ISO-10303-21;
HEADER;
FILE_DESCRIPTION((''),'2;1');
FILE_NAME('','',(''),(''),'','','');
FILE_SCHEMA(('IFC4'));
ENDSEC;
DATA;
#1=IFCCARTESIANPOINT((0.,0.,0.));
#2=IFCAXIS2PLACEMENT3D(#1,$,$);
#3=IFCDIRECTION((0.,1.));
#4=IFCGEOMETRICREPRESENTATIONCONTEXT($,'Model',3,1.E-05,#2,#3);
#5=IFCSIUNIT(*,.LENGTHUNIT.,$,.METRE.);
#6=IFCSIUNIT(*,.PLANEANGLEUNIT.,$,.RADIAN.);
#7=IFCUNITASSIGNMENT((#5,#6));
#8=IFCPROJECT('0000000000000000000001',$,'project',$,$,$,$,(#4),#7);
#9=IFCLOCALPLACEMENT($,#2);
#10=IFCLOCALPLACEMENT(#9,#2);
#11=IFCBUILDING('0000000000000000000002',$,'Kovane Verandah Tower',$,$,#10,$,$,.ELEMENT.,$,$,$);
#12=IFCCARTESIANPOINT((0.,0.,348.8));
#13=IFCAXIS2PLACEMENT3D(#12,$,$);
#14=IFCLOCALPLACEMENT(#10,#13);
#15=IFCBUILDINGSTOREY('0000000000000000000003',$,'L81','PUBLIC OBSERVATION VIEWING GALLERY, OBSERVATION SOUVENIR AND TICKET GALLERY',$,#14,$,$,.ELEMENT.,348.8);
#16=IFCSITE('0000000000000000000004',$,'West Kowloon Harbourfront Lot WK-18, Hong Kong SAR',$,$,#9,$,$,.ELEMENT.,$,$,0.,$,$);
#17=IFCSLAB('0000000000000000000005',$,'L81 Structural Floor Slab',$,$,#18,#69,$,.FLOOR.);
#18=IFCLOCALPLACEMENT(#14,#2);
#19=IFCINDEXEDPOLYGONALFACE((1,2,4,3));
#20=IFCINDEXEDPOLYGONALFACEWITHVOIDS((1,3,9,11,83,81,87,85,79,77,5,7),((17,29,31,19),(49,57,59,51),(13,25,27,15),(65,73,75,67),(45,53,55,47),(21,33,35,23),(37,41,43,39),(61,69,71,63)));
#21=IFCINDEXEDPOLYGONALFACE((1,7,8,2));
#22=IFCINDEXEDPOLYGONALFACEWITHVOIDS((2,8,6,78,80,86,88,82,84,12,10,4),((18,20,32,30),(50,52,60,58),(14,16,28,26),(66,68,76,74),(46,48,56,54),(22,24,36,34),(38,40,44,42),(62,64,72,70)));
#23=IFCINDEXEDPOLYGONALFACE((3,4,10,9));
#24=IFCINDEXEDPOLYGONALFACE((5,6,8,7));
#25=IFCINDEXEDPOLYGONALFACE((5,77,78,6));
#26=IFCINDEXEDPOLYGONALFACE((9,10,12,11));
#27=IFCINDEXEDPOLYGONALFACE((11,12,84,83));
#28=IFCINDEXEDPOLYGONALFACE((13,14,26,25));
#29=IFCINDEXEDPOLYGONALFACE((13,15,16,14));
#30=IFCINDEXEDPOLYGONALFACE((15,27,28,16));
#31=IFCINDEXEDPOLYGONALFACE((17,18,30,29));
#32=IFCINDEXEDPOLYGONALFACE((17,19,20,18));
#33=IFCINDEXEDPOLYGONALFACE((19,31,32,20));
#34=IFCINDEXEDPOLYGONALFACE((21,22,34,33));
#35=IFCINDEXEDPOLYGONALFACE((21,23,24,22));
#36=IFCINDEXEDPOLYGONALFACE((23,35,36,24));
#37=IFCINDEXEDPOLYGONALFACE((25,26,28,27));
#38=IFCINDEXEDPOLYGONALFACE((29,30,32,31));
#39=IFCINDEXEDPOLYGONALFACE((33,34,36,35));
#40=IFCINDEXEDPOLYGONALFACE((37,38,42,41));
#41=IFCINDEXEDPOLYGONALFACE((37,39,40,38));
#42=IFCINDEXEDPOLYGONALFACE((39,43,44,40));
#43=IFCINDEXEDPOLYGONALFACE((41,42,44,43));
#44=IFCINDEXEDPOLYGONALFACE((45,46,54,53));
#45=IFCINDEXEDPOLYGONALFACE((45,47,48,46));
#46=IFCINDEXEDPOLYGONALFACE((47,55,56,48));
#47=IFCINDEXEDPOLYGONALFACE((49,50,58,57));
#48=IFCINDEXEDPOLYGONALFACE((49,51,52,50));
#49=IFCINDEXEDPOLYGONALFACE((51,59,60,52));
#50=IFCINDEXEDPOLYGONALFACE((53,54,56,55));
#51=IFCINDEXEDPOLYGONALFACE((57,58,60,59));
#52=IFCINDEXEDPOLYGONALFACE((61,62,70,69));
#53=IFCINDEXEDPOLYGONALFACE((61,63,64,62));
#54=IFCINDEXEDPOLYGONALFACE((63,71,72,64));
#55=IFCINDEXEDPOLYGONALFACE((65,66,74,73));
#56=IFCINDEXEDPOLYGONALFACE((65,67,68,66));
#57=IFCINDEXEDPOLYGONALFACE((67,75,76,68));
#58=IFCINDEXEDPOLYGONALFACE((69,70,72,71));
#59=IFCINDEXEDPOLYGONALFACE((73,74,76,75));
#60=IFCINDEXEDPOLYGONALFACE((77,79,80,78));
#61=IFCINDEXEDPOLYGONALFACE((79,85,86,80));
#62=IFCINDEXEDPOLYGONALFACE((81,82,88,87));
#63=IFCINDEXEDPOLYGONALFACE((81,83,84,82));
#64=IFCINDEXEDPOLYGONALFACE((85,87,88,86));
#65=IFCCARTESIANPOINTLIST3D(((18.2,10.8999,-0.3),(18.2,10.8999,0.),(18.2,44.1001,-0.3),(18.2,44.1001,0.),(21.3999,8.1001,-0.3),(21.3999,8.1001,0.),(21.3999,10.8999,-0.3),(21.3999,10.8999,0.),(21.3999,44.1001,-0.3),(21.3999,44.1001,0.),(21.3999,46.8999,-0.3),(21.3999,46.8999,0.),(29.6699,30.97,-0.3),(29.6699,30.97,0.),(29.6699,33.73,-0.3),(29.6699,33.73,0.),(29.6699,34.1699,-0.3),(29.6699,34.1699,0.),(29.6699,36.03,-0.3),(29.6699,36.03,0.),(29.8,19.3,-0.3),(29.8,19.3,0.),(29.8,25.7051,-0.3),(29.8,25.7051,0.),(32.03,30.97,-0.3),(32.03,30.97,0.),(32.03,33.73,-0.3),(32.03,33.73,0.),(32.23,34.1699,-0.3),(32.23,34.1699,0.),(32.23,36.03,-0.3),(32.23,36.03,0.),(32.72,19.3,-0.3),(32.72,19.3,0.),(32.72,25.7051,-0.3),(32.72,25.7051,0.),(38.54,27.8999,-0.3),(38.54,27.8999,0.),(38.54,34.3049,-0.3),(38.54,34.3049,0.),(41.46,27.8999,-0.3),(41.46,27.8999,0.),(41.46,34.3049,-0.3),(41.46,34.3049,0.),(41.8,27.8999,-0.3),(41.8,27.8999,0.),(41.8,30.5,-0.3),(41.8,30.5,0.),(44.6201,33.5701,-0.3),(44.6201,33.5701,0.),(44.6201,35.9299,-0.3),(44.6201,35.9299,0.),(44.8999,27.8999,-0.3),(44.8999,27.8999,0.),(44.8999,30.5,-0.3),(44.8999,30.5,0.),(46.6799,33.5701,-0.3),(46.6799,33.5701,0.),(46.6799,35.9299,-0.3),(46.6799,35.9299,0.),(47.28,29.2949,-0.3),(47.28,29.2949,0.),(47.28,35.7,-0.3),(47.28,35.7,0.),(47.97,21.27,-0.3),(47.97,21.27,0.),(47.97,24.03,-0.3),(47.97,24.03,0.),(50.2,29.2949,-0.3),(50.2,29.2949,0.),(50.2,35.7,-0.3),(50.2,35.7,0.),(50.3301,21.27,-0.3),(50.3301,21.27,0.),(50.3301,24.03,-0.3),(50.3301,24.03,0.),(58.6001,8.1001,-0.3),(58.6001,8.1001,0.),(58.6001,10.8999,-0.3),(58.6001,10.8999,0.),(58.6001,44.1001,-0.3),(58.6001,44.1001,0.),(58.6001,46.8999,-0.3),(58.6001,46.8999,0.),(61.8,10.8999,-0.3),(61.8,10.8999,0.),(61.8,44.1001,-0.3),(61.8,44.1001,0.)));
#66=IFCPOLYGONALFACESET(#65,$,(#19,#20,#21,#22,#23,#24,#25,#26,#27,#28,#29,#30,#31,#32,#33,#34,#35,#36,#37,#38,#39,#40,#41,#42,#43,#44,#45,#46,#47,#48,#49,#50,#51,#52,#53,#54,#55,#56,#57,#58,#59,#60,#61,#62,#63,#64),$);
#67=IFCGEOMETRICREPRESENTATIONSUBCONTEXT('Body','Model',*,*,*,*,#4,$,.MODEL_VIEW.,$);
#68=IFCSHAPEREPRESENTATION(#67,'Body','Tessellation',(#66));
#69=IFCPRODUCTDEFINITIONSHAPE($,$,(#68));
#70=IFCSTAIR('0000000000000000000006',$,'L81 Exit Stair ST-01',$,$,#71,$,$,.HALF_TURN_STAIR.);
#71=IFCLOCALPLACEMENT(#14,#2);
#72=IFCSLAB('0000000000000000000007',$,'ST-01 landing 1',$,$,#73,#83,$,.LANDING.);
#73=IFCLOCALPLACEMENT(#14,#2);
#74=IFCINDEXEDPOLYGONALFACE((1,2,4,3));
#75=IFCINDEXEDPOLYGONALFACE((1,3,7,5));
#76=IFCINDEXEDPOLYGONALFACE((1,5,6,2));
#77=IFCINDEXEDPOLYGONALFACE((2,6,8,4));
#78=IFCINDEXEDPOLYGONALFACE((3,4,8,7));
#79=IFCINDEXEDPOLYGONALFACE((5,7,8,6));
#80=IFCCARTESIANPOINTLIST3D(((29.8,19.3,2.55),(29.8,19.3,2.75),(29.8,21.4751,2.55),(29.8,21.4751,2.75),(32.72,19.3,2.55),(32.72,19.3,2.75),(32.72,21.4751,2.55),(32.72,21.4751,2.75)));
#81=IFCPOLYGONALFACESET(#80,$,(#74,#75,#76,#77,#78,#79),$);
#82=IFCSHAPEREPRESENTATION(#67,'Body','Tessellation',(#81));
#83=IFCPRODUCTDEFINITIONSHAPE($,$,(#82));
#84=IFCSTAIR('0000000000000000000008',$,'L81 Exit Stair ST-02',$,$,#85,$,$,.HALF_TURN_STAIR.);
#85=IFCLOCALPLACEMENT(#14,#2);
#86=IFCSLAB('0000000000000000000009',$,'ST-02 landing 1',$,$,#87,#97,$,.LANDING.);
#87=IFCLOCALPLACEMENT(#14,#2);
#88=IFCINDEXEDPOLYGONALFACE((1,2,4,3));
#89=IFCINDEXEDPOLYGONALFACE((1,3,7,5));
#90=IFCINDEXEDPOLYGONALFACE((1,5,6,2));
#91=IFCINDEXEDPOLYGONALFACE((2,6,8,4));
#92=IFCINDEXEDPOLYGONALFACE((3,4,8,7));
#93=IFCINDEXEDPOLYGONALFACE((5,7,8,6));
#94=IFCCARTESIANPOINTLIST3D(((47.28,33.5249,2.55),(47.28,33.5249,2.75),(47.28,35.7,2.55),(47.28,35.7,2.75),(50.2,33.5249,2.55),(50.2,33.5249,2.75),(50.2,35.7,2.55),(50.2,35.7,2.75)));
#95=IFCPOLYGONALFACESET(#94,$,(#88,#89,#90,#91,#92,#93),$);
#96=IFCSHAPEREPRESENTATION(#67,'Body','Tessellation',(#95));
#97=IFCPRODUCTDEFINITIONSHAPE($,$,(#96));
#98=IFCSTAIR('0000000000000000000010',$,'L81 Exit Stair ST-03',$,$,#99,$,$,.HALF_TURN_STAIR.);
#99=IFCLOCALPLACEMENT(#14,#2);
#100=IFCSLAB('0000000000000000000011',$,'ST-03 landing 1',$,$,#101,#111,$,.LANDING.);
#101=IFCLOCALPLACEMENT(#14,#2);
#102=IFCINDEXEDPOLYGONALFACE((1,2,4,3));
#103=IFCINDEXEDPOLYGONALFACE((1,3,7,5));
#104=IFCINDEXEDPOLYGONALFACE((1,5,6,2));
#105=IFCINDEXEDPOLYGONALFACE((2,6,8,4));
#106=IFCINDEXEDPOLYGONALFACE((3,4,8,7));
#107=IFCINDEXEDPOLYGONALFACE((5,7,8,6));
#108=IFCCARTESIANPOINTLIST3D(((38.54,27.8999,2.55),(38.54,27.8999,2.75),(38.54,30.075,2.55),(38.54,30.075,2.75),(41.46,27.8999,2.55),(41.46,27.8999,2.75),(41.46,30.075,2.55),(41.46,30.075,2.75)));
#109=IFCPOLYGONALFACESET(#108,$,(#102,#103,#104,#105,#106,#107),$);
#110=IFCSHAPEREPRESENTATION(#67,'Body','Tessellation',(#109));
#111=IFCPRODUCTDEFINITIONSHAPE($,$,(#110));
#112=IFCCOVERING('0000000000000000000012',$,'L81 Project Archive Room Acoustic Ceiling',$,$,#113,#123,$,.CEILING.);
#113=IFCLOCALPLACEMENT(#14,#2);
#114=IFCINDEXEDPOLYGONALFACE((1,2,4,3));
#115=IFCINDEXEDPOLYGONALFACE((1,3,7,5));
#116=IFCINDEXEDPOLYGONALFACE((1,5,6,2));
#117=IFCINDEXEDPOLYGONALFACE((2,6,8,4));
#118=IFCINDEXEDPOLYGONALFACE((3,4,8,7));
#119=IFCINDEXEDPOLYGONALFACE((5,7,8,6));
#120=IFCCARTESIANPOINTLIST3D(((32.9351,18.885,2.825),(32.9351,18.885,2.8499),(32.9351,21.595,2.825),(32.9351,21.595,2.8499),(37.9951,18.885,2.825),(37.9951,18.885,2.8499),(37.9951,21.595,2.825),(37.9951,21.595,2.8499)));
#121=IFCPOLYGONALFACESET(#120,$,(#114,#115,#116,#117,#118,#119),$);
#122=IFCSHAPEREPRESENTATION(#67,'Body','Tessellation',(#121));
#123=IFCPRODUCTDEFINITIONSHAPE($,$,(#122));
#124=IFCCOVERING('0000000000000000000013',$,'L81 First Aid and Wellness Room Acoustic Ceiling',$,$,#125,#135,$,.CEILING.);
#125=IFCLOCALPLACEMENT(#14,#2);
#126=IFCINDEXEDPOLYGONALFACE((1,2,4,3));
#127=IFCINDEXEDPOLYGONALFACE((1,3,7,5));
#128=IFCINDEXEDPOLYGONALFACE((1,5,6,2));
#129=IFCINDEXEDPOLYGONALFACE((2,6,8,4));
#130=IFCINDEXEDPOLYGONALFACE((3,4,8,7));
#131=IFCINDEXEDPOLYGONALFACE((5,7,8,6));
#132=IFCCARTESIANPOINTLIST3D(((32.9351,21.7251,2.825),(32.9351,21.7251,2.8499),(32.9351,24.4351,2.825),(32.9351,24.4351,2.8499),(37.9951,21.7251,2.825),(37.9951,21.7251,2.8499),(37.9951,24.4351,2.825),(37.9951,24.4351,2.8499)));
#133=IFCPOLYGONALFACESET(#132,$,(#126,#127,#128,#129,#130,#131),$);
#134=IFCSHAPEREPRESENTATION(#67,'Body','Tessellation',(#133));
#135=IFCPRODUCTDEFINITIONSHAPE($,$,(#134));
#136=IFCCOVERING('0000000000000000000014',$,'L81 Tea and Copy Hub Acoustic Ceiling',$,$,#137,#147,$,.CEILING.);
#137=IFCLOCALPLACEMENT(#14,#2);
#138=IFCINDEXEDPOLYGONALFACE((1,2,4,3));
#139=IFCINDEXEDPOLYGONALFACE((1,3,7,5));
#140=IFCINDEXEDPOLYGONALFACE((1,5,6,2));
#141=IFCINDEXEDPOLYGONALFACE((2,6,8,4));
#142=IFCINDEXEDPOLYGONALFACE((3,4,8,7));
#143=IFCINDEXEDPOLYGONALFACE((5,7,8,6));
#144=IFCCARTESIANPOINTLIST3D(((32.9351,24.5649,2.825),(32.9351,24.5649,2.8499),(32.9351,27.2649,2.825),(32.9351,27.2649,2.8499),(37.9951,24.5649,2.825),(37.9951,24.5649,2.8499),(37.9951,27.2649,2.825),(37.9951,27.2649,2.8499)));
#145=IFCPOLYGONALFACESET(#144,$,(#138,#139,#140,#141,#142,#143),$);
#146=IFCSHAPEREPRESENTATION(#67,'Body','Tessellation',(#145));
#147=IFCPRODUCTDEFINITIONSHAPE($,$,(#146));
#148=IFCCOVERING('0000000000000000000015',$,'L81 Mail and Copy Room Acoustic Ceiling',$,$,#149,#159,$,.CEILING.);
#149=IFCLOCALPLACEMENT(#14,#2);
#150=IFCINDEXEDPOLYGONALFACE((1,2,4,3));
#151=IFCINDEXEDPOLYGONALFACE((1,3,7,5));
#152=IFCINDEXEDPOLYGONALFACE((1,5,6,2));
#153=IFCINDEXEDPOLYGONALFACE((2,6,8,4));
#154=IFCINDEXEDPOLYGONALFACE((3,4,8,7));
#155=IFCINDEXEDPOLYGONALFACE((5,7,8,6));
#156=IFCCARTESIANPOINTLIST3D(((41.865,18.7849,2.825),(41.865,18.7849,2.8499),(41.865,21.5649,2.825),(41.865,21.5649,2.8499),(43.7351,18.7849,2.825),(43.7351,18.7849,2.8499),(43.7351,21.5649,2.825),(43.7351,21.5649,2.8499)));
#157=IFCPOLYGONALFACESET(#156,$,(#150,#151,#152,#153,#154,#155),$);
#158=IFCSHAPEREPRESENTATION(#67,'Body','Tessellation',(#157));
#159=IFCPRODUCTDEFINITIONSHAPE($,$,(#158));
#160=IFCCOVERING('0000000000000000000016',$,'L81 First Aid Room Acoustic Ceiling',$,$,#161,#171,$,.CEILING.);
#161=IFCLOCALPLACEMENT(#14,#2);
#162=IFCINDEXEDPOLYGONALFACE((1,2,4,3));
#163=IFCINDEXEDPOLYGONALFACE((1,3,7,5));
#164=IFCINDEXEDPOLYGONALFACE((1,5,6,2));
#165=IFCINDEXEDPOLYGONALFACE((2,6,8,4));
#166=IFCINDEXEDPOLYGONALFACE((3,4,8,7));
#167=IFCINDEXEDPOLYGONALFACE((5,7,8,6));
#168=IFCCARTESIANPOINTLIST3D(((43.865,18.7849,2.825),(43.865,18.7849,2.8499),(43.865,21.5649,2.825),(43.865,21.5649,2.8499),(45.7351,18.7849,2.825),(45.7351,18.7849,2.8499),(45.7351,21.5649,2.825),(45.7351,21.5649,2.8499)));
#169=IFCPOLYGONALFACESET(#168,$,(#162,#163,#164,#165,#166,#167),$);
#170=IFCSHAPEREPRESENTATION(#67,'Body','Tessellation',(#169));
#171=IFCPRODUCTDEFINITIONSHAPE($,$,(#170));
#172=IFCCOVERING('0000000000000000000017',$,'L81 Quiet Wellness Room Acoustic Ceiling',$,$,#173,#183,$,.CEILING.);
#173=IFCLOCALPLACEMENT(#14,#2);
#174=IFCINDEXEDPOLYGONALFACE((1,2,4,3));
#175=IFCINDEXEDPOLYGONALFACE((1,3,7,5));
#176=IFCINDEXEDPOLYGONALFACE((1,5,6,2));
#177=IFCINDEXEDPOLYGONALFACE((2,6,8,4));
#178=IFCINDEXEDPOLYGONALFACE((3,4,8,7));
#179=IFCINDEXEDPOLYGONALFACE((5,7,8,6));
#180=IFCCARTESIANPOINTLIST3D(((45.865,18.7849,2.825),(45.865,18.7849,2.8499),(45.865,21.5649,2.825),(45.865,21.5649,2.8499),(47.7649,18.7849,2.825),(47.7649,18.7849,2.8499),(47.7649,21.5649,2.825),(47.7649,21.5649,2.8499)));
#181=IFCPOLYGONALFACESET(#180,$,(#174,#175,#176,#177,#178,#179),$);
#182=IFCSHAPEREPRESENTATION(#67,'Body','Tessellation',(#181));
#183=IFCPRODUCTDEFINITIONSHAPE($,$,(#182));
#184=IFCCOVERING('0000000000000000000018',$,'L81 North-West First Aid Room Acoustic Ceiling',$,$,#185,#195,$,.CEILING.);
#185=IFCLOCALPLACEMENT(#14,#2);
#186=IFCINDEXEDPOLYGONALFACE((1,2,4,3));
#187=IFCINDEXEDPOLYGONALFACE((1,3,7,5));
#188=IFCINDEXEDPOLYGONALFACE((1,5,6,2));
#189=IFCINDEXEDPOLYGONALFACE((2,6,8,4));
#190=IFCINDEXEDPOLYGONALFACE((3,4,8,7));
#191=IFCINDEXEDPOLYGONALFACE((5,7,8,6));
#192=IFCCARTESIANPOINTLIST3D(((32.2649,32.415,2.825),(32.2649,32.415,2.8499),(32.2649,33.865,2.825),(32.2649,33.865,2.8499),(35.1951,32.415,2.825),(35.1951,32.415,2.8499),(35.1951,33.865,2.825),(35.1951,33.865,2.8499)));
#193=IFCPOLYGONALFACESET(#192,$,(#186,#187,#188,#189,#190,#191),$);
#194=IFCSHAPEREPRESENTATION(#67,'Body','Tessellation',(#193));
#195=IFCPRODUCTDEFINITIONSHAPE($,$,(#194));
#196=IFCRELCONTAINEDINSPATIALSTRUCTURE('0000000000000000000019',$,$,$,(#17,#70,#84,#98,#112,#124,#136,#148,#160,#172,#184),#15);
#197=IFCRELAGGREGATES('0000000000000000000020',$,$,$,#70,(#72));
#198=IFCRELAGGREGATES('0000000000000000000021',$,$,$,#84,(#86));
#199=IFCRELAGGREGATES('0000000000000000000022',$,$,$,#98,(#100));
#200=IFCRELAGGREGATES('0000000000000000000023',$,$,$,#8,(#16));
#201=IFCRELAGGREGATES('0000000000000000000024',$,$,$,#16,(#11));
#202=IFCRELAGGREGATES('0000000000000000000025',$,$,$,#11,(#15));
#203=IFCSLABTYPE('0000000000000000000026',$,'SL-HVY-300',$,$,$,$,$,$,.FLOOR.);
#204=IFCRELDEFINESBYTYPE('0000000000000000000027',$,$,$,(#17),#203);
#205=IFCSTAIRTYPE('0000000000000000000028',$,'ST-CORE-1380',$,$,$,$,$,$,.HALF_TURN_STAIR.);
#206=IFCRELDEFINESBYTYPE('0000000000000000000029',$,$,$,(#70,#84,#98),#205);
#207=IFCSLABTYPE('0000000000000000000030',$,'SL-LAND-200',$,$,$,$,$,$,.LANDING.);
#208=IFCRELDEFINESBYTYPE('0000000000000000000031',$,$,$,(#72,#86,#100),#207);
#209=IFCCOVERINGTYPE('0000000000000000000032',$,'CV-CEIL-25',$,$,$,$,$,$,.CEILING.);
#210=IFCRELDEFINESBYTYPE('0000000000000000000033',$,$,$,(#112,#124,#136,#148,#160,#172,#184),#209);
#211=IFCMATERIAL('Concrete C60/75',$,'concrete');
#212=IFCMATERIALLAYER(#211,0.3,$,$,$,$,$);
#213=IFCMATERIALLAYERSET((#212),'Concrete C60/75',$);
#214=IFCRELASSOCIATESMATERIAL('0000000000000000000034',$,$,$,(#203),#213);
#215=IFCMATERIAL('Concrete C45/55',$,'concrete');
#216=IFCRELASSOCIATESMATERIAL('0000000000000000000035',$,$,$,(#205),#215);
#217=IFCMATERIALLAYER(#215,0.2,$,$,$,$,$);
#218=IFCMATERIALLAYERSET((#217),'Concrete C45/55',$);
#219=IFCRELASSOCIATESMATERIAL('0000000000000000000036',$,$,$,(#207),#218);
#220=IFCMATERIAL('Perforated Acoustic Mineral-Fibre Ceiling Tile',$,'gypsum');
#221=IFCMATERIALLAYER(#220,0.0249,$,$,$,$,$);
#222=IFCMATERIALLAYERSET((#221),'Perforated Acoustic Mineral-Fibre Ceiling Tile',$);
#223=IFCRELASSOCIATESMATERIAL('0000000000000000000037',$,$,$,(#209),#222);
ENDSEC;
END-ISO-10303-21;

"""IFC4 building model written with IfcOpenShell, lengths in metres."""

from ifc_helpers import new_model, si_unit, direction, frame, origin, place, context, subcontext, project, spatial, polyline, outline, extrude, material, layer, layer_set, type_object, element, aggregate, save


model = new_model("IFC4")

# Units and contexts
model_context = context("Model", 3, precision=1e-05, world=origin(), true_north=direction((0.0, 1.0)))
body_context = subcontext(model_context, "Body", "Model", "MODEL_VIEW")
ifc_project = project(units=[si_unit("LENGTHUNIT", "METRE"), si_unit("PLANEANGLEUNIT", "RADIAN")], contexts=[model_context])

# Site, building, storey
site_placement = place(None, origin())
site = spatial("IfcSite", under=ifc_project, at=site_placement, Name="West Kowloon Harbourfront Lot WK-18, Hong Kong SAR", CompositionType="ELEMENT", RefElevation=0.0)
building_placement = place(site_placement, origin())
building = spatial("IfcBuilding", under=site, at=building_placement, Name="Kovane Verandah Tower", CompositionType="ELEMENT")
storey_placement = place(building_placement, frame((0.0, 0.0, 348.8)))
storey = spatial("IfcBuildingStorey", under=building, at=storey_placement, Name="L81", Description="PUBLIC OBSERVATION VIEWING GALLERY, OBSERVATION SOUVENIR AND TICKET GALLERY", CompositionType="ELEMENT", Elevation=348.8)

# Slab
ifc_material_1 = material(Name="Concrete C60/75", Category="concrete")
ifc_layer_1 = layer(ifc_material_1, 0.3)
ifc_layer_set_1 = layer_set([ifc_layer_1], Name="Concrete C60/75")
slab_type_1 = type_object("IfcSlabType", Name="SL-HVY-300", PredefinedType="FLOOR", material=ifc_layer_set_1)
slab_1_placement = place(storey_placement, frame((0.0, 0.0, -0.3)))
element("IfcSlab", 1, at=slab_1_placement, inside=storey, type_object=slab_type_1, Name="L81 Structural Floor Slab", PredefinedType="FLOOR", context=body_context, shape_type="SweptSolid", body=[
    extrude(outline(polyline([(21.3999, 8.1001), (58.6001, 8.1001), (58.6001, 10.8999), (61.8, 10.8999), (61.8, 44.1001), (58.6001, 44.1001), (58.6001, 46.8999), (21.3999, 46.8999), (21.3999, 44.1001), (18.2, 44.1001), (18.2, 10.8999), (21.3999, 10.8999), (21.3999, 8.1001)]), holes=[polyline([(29.8, 19.3), (32.72, 19.3), (32.72, 25.7051), (29.8, 25.7051), (29.8, 19.3)]), polyline([(47.28, 29.2949), (50.2, 29.2949), (50.2, 35.7), (47.28, 35.7), (47.28, 29.2949)]), polyline([(38.54, 27.8999), (41.46, 27.8999), (41.46, 34.3049), (38.54, 34.3049), (38.54, 27.8999)]), polyline([(29.6699, 30.97), (32.03, 30.97), (32.03, 33.73), (29.6699, 33.73), (29.6699, 30.97)]), polyline([(47.97, 21.27), (50.3301, 21.27), (50.3301, 24.03), (47.97, 24.03), (47.97, 21.27)]), polyline([(29.6699, 34.1699), (32.23, 34.1699), (32.23, 36.03), (29.6699, 36.03), (29.6699, 34.1699)]), polyline([(44.6201, 33.5701), (46.6799, 33.5701), (46.6799, 35.9299), (44.6201, 35.9299), (44.6201, 33.5701)]), polyline([(41.8, 27.8999), (44.8999, 27.8999), (44.8999, 30.5), (41.8, 30.5), (41.8, 27.8999)])]), origin(), (0.0, 0.0, 1.0), 0.3),
])

# Stairs, slabs
ifc_material_2 = material(Name="Concrete C45/55", Category="concrete")
stair_type = type_object("IfcStairType", Name="ST-CORE-1380", PredefinedType="HALF_TURN_STAIR", material=ifc_material_2)
stair_1_placement = place(storey_placement, origin())
stair_1 = element("IfcStair", 2, at=stair_1_placement, inside=storey, type_object=stair_type, Name="L81 Exit Stair ST-01", PredefinedType="HALF_TURN_STAIR")
ifc_layer_2 = layer(ifc_material_2, 0.2)
ifc_layer_set_2 = layer_set([ifc_layer_2], Name="Concrete C45/55")
slab_type_2 = type_object("IfcSlabType", Name="SL-LAND-200", PredefinedType="LANDING", material=ifc_layer_set_2)
slab_2_placement = place(storey_placement, frame((0.0, 0.0, 2.55)))
slab_2 = element("IfcSlab", 3, at=slab_2_placement, type_object=slab_type_2, Name="ST-01 landing 1", PredefinedType="LANDING", context=body_context, shape_type="SweptSolid", body=[
    extrude(outline(polyline([(29.8, 21.4751), (29.8, 19.3), (32.72, 19.3), (32.72, 21.4751), (29.8, 21.4751)])), origin(), (0.0, 0.0, 1.0), 0.2),
])
aggregate(stair_1, [slab_2])
stair_2_placement = place(storey_placement, origin())
stair_2 = element("IfcStair", 4, at=stair_2_placement, inside=storey, type_object=stair_type, Name="L81 Exit Stair ST-02", PredefinedType="HALF_TURN_STAIR")
slab_3_placement = place(storey_placement, frame((0.0, 0.0, 2.55)))
slab_3 = element("IfcSlab", 5, at=slab_3_placement, type_object=slab_type_2, Name="ST-02 landing 1", PredefinedType="LANDING", context=body_context, shape_type="SweptSolid", body=[
    extrude(outline(polyline([(50.2, 33.5249), (50.2, 35.7), (47.28, 35.7), (47.28, 33.5249), (50.2, 33.5249)])), origin(), (0.0, 0.0, 1.0), 0.2),
])
aggregate(stair_2, [slab_3])
stair_3_placement = place(storey_placement, origin())
stair_3 = element("IfcStair", 6, at=stair_3_placement, inside=storey, type_object=stair_type, Name="L81 Exit Stair ST-03", PredefinedType="HALF_TURN_STAIR")
slab_4_placement = place(storey_placement, frame((0.0, 0.0, 2.55)))
slab_4 = element("IfcSlab", 7, at=slab_4_placement, type_object=slab_type_2, Name="ST-03 landing 1", PredefinedType="LANDING", context=body_context, shape_type="SweptSolid", body=[
    extrude(outline(polyline([(38.54, 30.075), (38.54, 27.8999), (41.46, 27.8999), (41.46, 30.075), (38.54, 30.075)])), origin(), (0.0, 0.0, 1.0), 0.2),
])
aggregate(stair_3, [slab_4])

# Coverings
ifc_material_3 = material(Name="Perforated Acoustic Mineral-Fibre Ceiling Tile", Category="gypsum")
ifc_layer_3 = layer(ifc_material_3, 0.0249)
ifc_layer_set_3 = layer_set([ifc_layer_3], Name="Perforated Acoustic Mineral-Fibre Ceiling Tile")
covering_type_1 = type_object("IfcCoveringType", Name="CV-CEIL-25", PredefinedType="CEILING", material=ifc_layer_set_3)
covering_1_placement = place(storey_placement, frame((0.0, 0.0, 2.825)))
element("IfcCovering", 8, at=covering_1_placement, inside=storey, type_object=covering_type_1, Name="L81 Project Archive Room Acoustic Ceiling", PredefinedType="CEILING", context=body_context, shape_type="SweptSolid", body=[
    extrude(outline(polyline([(32.9351, 18.885), (37.9951, 18.885), (37.9951, 21.595), (32.9351, 21.595), (32.9351, 18.885)])), origin(), (0.0, 0.0, 1.0), 0.0249),
])
covering_2_placement = place(storey_placement, frame((0.0, 0.0, 2.825)))
element("IfcCovering", 9, at=covering_2_placement, inside=storey, type_object=covering_type_1, Name="L81 First Aid and Wellness Room Acoustic Ceiling", PredefinedType="CEILING", context=body_context, shape_type="SweptSolid", body=[
    extrude(outline(polyline([(32.9351, 21.7251), (37.9951, 21.7251), (37.9951, 24.4351), (32.9351, 24.4351), (32.9351, 21.7251)])), origin(), (0.0, 0.0, 1.0), 0.0249),
])
covering_3_placement = place(storey_placement, frame((0.0, 0.0, 2.825)))
element("IfcCovering", 10, at=covering_3_placement, inside=storey, type_object=covering_type_1, Name="L81 Tea and Copy Hub Acoustic Ceiling", PredefinedType="CEILING", context=body_context, shape_type="SweptSolid", body=[
    extrude(outline(polyline([(32.9351, 24.5649), (37.9951, 24.5649), (37.9951, 27.2649), (32.9351, 27.2649), (32.9351, 24.5649)])), origin(), (0.0, 0.0, 1.0), 0.0249),
])
covering_4_placement = place(storey_placement, frame((0.0, 0.0, 2.825)))
element("IfcCovering", 11, at=covering_4_placement, inside=storey, type_object=covering_type_1, Name="L81 Mail and Copy Room Acoustic Ceiling", PredefinedType="CEILING", context=body_context, shape_type="SweptSolid", body=[
    extrude(outline(polyline([(41.865, 18.7849), (43.7351, 18.7849), (43.7351, 21.5649), (41.865, 21.5649), (41.865, 18.7849)])), origin(), (0.0, 0.0, 1.0), 0.0249),
])
covering_5_placement = place(storey_placement, frame((0.0, 0.0, 2.825)))
element("IfcCovering", 12, at=covering_5_placement, inside=storey, type_object=covering_type_1, Name="L81 First Aid Room Acoustic Ceiling", PredefinedType="CEILING", context=body_context, shape_type="SweptSolid", body=[
    extrude(outline(polyline([(43.865, 18.7849), (45.7351, 18.7849), (45.7351, 21.5649), (43.865, 21.5649), (43.865, 18.7849)])), origin(), (0.0, 0.0, 1.0), 0.0249),
])
covering_6_placement = place(storey_placement, frame((0.0, 0.0, 2.825)))
element("IfcCovering", 13, at=covering_6_placement, inside=storey, type_object=covering_type_1, Name="L81 Quiet Wellness Room Acoustic Ceiling", PredefinedType="CEILING", context=body_context, shape_type="SweptSolid", body=[
    extrude(outline(polyline([(45.865, 18.7849), (47.7649, 18.7849), (47.7649, 21.5649), (45.865, 21.5649), (45.865, 18.7849)])), origin(), (0.0, 0.0, 1.0), 0.0249),
])
covering_7_placement = place(storey_placement, frame((0.0, 0.0, 2.825)))
element("IfcCovering", 14, at=covering_7_placement, inside=storey, type_object=covering_type_1, Name="L81 North-West First Aid Room Acoustic Ceiling", PredefinedType="CEILING", context=body_context, shape_type="SweptSolid", body=[
    extrude(outline(polyline([(32.2649, 32.415), (35.1951, 32.415), (35.1951, 33.865), (32.2649, 33.865), (32.2649, 32.415)])), origin(), (0.0, 0.0, 1.0), 0.0249),
])

save(model, "model.ifc")
